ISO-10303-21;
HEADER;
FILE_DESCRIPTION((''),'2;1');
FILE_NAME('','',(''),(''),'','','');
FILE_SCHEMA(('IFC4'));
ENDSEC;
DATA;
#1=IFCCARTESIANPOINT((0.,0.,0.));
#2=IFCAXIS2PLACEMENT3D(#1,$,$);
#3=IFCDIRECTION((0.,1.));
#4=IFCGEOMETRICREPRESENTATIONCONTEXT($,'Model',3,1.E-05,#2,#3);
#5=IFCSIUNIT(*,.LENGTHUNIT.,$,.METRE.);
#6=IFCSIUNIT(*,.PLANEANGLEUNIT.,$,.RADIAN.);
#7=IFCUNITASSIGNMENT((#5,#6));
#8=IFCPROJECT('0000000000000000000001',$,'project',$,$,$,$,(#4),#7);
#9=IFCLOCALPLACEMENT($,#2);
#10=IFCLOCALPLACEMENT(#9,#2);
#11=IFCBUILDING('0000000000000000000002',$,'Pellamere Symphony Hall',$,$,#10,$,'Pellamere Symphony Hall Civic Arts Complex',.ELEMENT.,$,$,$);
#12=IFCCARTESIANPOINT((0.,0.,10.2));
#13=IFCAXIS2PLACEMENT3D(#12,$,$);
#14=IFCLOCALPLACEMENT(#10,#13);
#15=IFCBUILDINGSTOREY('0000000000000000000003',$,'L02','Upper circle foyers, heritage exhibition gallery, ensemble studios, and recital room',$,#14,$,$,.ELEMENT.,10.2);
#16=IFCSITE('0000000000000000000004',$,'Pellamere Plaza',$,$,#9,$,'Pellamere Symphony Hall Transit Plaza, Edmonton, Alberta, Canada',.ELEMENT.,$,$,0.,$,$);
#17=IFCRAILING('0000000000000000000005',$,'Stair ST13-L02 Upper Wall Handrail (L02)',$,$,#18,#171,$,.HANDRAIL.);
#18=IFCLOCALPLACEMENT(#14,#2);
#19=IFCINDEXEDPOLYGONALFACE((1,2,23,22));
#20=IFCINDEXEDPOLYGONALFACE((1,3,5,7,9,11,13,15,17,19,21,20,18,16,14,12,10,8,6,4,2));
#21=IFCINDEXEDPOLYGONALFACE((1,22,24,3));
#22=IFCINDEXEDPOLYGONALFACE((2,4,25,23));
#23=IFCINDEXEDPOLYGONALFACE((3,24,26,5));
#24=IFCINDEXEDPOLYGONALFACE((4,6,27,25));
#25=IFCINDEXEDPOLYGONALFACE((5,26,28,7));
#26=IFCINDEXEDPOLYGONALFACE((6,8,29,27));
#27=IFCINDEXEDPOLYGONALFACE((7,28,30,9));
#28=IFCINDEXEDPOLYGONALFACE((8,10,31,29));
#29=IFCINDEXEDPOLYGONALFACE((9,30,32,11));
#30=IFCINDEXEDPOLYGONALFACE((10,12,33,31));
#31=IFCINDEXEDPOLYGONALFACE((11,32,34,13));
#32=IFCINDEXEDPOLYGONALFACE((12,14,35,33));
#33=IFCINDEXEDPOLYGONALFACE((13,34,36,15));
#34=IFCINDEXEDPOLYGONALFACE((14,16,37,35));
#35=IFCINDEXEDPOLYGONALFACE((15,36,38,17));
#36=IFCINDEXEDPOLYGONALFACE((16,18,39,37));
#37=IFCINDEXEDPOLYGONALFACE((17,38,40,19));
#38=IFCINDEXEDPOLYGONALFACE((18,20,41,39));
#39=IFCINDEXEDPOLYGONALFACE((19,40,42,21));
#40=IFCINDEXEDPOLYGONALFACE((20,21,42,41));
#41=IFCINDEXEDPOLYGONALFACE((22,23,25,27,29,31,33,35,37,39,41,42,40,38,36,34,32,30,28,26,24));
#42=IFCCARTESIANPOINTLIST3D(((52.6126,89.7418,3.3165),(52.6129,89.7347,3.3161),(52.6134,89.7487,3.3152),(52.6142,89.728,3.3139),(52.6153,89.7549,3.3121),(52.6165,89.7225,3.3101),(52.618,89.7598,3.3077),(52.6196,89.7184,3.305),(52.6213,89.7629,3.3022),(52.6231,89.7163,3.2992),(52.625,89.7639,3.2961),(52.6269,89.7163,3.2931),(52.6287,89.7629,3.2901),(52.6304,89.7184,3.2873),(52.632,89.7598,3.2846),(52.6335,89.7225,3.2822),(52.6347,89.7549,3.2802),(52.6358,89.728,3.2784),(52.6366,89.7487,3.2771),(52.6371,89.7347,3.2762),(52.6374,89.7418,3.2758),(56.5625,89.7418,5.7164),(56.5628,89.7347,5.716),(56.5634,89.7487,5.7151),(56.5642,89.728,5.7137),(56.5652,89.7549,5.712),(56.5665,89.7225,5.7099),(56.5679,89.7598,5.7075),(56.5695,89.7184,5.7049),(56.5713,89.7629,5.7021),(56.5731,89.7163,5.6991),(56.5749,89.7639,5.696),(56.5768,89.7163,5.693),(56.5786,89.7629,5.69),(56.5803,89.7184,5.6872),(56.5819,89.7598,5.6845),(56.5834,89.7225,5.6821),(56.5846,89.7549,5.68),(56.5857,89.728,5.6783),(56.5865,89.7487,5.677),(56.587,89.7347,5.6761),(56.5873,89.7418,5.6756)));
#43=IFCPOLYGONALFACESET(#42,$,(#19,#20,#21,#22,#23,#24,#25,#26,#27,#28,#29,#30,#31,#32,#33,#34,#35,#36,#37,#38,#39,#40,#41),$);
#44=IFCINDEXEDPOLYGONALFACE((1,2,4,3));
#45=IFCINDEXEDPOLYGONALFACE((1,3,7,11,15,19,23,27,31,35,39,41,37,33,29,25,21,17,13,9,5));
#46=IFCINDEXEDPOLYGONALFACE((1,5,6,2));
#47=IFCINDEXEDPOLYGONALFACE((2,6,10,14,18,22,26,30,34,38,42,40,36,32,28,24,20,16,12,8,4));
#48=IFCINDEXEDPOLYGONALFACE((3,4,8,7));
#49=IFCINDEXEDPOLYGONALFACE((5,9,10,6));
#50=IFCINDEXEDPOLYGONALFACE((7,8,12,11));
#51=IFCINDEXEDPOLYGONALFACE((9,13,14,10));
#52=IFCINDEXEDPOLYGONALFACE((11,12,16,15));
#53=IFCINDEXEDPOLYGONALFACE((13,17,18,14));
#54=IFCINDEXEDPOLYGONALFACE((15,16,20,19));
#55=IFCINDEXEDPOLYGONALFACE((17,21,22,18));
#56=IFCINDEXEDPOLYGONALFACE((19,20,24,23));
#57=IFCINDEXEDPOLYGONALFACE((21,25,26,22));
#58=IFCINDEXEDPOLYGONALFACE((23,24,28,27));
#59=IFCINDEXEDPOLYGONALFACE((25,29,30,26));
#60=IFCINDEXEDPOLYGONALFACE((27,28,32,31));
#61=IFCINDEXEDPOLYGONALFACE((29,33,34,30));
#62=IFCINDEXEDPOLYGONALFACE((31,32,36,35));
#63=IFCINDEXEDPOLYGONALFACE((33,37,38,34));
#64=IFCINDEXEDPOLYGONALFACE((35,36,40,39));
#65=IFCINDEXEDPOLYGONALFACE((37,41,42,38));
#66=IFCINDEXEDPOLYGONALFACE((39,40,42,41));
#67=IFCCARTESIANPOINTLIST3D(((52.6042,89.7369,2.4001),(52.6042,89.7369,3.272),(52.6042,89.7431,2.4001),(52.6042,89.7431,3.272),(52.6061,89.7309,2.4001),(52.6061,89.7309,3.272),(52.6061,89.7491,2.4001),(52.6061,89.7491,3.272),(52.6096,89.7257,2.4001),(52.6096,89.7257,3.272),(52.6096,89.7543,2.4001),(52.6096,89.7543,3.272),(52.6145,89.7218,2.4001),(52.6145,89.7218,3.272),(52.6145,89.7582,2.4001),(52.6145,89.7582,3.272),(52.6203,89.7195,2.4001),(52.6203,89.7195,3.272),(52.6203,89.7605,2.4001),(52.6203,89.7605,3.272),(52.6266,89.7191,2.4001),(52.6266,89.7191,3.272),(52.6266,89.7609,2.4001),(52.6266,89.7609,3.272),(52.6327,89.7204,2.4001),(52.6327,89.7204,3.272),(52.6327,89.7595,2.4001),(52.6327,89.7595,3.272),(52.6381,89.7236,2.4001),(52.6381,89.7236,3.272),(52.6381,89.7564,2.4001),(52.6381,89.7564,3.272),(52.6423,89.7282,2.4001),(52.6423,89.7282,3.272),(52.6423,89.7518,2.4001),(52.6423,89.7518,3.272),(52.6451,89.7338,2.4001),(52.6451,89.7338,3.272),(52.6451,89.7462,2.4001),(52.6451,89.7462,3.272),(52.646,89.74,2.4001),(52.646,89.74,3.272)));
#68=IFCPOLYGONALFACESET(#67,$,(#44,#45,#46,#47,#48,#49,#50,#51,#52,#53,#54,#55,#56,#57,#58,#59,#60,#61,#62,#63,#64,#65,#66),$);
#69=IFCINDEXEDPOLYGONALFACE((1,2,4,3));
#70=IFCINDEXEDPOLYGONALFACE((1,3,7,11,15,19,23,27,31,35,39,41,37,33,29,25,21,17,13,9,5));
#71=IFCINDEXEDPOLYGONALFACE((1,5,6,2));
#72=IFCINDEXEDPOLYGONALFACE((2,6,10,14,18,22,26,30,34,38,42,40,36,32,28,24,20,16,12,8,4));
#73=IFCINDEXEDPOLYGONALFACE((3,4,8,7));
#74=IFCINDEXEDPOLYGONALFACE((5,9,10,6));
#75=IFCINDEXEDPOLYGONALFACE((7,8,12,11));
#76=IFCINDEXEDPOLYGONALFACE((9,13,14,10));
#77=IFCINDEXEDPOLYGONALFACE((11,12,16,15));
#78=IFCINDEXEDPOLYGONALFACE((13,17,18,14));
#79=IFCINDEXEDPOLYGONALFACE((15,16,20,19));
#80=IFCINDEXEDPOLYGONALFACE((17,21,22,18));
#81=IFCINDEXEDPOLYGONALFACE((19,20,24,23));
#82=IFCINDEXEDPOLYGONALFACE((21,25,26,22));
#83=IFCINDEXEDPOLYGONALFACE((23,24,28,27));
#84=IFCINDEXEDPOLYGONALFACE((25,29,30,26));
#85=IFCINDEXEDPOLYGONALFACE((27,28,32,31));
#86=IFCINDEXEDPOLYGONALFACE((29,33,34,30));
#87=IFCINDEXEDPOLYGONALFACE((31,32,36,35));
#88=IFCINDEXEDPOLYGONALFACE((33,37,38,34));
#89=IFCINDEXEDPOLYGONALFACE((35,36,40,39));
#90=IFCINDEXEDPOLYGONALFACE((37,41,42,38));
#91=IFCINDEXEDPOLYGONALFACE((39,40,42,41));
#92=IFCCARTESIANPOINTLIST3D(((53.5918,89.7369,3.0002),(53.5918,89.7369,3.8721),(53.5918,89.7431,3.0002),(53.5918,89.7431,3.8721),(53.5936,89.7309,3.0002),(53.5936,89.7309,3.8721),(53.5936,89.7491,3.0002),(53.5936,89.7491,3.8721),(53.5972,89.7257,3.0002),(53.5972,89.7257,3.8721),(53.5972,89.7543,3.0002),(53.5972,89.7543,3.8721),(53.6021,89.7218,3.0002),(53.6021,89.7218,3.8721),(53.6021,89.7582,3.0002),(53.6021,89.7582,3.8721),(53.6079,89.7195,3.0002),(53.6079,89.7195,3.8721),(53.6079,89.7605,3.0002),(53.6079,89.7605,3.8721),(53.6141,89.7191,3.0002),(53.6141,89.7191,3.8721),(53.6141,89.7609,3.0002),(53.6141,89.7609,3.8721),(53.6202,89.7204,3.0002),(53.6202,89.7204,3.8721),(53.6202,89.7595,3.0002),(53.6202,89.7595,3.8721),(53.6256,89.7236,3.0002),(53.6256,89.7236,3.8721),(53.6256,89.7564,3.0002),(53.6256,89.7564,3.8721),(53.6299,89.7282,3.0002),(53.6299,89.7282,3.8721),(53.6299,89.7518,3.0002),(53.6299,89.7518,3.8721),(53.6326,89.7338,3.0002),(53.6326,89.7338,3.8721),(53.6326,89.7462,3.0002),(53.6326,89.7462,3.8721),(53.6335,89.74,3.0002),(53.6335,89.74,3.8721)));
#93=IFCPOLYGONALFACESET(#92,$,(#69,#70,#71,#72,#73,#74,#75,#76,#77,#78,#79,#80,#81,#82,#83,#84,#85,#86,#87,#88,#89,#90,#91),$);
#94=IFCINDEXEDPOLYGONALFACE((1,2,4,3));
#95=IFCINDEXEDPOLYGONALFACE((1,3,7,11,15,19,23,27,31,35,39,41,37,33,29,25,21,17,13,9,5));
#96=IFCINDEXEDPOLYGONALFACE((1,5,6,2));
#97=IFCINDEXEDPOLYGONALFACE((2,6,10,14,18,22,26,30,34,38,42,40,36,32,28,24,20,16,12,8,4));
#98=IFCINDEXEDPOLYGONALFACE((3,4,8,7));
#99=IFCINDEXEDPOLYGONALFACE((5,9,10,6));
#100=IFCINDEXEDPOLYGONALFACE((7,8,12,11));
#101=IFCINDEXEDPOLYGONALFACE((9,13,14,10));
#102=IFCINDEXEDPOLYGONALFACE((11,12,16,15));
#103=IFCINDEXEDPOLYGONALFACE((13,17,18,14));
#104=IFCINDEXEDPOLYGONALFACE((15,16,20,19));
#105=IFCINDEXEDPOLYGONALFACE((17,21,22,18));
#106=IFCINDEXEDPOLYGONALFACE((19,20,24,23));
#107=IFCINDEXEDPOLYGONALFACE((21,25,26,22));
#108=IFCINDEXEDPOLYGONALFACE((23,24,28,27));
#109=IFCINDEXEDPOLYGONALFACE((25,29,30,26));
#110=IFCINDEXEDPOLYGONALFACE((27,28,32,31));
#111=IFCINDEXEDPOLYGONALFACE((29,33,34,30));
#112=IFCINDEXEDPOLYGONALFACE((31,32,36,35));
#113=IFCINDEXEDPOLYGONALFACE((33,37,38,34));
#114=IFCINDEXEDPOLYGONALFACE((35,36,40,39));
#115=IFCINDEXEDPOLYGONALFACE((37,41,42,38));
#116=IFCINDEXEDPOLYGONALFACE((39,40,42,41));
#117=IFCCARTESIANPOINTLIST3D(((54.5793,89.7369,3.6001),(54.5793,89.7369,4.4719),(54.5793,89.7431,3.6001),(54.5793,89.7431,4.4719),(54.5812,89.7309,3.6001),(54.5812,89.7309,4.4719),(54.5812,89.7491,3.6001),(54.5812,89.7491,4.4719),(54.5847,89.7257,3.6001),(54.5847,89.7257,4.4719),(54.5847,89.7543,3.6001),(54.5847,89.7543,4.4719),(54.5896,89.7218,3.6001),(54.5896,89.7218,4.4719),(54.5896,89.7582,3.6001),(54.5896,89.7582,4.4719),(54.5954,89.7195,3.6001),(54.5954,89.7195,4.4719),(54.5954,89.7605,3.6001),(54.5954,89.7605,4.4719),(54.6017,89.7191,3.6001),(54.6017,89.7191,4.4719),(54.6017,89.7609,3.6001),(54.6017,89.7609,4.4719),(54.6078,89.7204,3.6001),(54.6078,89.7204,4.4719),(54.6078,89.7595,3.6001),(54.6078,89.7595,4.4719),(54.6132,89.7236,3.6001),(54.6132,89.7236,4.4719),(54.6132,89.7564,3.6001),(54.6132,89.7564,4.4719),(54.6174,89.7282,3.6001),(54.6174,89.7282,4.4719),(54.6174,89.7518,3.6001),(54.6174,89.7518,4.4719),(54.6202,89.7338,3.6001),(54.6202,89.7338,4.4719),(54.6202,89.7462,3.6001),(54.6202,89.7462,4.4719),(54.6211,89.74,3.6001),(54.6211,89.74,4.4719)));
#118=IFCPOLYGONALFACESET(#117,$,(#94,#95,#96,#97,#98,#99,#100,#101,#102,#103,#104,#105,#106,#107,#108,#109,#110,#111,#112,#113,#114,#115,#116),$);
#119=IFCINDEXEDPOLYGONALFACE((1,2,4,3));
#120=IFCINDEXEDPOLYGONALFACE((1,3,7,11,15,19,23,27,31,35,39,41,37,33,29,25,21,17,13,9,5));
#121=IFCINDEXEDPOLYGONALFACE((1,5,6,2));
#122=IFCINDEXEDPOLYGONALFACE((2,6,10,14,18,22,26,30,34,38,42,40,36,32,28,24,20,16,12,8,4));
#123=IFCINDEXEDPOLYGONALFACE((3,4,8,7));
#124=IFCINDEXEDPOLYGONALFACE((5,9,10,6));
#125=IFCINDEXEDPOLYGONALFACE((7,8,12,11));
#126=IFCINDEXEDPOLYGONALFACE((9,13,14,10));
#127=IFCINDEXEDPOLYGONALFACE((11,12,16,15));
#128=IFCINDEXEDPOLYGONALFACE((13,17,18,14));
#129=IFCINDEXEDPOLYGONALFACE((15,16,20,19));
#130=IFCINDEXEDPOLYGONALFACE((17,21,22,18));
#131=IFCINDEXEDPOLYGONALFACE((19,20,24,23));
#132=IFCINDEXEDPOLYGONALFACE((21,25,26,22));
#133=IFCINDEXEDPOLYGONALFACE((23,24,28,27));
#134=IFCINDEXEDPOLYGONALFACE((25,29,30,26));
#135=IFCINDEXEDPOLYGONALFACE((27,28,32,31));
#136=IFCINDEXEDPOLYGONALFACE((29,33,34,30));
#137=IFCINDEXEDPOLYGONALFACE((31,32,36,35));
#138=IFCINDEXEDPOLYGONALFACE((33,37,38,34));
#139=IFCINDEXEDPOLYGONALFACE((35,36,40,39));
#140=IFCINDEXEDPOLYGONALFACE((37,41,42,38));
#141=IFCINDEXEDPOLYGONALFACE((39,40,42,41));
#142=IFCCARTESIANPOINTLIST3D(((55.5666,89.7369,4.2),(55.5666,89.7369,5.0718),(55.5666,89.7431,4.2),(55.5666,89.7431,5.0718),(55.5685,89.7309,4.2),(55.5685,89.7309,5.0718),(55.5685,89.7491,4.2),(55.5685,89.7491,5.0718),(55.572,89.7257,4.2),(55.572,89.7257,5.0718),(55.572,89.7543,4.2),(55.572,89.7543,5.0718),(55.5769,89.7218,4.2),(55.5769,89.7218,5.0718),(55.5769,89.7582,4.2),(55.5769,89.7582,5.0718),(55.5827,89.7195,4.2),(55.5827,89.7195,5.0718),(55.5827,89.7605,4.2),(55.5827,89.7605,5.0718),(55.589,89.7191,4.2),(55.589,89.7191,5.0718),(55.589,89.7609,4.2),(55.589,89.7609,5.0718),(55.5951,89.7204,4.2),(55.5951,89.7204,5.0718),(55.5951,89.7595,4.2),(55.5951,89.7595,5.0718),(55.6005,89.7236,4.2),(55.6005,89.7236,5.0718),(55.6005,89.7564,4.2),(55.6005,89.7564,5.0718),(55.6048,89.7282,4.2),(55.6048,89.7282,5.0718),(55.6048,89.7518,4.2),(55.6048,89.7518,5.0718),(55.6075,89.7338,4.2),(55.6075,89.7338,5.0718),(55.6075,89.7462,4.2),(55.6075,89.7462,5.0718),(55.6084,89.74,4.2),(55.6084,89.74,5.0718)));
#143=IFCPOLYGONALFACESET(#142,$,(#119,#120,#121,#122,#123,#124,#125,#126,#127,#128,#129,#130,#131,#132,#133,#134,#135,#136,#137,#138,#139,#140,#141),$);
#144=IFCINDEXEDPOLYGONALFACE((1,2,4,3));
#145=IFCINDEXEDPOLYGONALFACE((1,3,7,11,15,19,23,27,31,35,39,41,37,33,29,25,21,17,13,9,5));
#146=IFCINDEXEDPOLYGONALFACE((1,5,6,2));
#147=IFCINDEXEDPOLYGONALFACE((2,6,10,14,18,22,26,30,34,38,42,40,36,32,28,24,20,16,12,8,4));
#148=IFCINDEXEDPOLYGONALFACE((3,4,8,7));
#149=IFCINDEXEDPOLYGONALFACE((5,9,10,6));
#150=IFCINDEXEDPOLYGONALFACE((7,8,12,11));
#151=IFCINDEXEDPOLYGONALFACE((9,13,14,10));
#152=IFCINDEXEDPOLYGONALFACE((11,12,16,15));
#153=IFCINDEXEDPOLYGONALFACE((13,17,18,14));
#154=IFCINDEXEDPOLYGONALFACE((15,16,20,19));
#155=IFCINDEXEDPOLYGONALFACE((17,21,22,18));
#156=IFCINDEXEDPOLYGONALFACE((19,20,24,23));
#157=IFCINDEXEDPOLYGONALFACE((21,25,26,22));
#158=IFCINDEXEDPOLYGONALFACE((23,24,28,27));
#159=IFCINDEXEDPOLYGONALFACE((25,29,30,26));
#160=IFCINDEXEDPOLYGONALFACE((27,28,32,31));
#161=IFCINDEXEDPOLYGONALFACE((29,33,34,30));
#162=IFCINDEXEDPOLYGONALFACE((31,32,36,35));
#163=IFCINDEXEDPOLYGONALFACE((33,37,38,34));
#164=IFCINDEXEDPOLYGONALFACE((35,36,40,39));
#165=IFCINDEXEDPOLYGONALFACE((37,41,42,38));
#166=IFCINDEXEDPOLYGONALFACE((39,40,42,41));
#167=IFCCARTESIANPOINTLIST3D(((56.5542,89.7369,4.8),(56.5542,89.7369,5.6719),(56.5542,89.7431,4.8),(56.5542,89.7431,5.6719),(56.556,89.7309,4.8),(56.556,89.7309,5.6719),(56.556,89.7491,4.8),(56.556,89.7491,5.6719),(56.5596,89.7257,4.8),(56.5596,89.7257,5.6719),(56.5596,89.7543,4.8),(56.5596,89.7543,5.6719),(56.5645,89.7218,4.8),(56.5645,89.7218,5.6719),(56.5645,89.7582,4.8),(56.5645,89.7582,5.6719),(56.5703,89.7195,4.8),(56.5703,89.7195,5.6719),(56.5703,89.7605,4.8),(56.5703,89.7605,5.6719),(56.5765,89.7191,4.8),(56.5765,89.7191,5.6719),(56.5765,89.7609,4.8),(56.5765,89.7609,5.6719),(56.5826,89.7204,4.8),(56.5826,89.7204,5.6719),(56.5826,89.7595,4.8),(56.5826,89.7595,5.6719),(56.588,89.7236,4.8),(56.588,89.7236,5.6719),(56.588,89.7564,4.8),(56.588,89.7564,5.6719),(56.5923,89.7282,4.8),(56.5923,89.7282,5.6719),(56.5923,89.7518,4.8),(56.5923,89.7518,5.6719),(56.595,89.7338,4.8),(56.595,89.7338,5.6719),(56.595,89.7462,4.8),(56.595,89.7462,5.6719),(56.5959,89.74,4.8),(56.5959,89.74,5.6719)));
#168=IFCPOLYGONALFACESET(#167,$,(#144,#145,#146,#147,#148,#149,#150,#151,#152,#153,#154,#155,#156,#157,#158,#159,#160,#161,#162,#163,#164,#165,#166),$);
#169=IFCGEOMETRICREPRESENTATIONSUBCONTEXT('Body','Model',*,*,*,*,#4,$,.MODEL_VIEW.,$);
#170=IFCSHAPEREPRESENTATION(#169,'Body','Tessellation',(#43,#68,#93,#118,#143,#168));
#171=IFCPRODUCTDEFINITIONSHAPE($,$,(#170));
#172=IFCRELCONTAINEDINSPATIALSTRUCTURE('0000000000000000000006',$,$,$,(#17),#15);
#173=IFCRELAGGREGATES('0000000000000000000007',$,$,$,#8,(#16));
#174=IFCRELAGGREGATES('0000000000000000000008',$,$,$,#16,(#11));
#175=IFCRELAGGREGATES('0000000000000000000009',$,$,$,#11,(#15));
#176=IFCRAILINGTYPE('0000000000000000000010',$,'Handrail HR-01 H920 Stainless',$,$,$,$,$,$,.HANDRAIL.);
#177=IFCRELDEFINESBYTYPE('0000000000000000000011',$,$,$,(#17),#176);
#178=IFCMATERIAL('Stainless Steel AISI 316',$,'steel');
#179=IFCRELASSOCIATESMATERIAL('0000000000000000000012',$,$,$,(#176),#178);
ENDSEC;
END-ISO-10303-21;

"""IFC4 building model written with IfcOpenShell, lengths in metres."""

from ifc_helpers import new_model, si_unit, direction, frame, origin, origin_2d, place, context, subcontext, project, spatial, circle, extrude, material, type_object, element, save


model = new_model("IFC4")

# Units and contexts
model_context = context("Model", 3, precision=1e-05, world=origin(), true_north=direction((0.0, 1.0)))
body_context = subcontext(model_context, "Body", "Model", "MODEL_VIEW")
ifc_project = project(units=[si_unit("LENGTHUNIT", "METRE"), si_unit("PLANEANGLEUNIT", "RADIAN")], contexts=[model_context])

# Site, building, storey
site_placement = place(None, origin())
site = spatial("IfcSite", under=ifc_project, at=site_placement, Name="Pellamere Plaza", LongName="Pellamere Symphony Hall Transit Plaza, Edmonton, Alberta, Canada", CompositionType="ELEMENT", RefElevation=0.0)
building_placement = place(site_placement, origin())
building = spatial("IfcBuilding", under=site, at=building_placement, Name="Pellamere Symphony Hall", LongName="Pellamere Symphony Hall Civic Arts Complex", CompositionType="ELEMENT")
storey_placement = place(building_placement, frame((0.0, 0.0, 10.2)))
storey = spatial("IfcBuildingStorey", under=building, at=storey_placement, Name="L02", Description="Upper circle foyers, heritage exhibition gallery, ensemble studios, and recital room", CompositionType="ELEMENT", Elevation=10.2)

# Railing
ifc_material_1 = material(Name="Stainless Steel AISI 316", Category="steel")
railing_type_1 = type_object("IfcRailingType", Name="Handrail HR-01 H920 Stainless", PredefinedType="HANDRAIL", material=ifc_material_1)
railing_1_placement = place(storey_placement, frame((52.625, 89.74, 2.4001)))
element("IfcRailing", 1, at=railing_1_placement, inside=storey, type_object=railing_type_1, Name="Stair ST13-L02 Upper Wall Handrail (L02)", PredefinedType="HANDRAIL", context=body_context, shape_type="SweptSolid", body=[
    extrude(circle(Radius=0.0239, at=origin_2d()), frame((0.0, 0.0, 0.896), z_axis=(0.854623, 0.0, 0.51925), x_axis=(0.0, 1.0, 0.0)), (0.0, 0.0, 1.0), 4.6218),
    extrude(circle(Radius=0.021, at=origin_2d()), origin(), (0.0, 0.0, 1.0), 0.8718),
    extrude(circle(Radius=0.021, at=origin_2d()), frame((0.9875, 0.0, 0.6001)), (0.0, 0.0, 1.0), 0.8718),
    extrude(circle(Radius=0.021, at=origin_2d()), frame((1.9751, 0.0, 1.2)), (0.0, 0.0, 1.0), 0.8718),
    extrude(circle(Radius=0.021, at=origin_2d()), frame((2.9624, 0.0, 1.7998)), (0.0, 0.0, 1.0), 0.8718),
    extrude(circle(Radius=0.021, at=origin_2d()), frame((3.95, 0.0, 2.3999)), (0.0, 0.0, 1.0), 0.8718),
])

save(model, "model.ifc")
